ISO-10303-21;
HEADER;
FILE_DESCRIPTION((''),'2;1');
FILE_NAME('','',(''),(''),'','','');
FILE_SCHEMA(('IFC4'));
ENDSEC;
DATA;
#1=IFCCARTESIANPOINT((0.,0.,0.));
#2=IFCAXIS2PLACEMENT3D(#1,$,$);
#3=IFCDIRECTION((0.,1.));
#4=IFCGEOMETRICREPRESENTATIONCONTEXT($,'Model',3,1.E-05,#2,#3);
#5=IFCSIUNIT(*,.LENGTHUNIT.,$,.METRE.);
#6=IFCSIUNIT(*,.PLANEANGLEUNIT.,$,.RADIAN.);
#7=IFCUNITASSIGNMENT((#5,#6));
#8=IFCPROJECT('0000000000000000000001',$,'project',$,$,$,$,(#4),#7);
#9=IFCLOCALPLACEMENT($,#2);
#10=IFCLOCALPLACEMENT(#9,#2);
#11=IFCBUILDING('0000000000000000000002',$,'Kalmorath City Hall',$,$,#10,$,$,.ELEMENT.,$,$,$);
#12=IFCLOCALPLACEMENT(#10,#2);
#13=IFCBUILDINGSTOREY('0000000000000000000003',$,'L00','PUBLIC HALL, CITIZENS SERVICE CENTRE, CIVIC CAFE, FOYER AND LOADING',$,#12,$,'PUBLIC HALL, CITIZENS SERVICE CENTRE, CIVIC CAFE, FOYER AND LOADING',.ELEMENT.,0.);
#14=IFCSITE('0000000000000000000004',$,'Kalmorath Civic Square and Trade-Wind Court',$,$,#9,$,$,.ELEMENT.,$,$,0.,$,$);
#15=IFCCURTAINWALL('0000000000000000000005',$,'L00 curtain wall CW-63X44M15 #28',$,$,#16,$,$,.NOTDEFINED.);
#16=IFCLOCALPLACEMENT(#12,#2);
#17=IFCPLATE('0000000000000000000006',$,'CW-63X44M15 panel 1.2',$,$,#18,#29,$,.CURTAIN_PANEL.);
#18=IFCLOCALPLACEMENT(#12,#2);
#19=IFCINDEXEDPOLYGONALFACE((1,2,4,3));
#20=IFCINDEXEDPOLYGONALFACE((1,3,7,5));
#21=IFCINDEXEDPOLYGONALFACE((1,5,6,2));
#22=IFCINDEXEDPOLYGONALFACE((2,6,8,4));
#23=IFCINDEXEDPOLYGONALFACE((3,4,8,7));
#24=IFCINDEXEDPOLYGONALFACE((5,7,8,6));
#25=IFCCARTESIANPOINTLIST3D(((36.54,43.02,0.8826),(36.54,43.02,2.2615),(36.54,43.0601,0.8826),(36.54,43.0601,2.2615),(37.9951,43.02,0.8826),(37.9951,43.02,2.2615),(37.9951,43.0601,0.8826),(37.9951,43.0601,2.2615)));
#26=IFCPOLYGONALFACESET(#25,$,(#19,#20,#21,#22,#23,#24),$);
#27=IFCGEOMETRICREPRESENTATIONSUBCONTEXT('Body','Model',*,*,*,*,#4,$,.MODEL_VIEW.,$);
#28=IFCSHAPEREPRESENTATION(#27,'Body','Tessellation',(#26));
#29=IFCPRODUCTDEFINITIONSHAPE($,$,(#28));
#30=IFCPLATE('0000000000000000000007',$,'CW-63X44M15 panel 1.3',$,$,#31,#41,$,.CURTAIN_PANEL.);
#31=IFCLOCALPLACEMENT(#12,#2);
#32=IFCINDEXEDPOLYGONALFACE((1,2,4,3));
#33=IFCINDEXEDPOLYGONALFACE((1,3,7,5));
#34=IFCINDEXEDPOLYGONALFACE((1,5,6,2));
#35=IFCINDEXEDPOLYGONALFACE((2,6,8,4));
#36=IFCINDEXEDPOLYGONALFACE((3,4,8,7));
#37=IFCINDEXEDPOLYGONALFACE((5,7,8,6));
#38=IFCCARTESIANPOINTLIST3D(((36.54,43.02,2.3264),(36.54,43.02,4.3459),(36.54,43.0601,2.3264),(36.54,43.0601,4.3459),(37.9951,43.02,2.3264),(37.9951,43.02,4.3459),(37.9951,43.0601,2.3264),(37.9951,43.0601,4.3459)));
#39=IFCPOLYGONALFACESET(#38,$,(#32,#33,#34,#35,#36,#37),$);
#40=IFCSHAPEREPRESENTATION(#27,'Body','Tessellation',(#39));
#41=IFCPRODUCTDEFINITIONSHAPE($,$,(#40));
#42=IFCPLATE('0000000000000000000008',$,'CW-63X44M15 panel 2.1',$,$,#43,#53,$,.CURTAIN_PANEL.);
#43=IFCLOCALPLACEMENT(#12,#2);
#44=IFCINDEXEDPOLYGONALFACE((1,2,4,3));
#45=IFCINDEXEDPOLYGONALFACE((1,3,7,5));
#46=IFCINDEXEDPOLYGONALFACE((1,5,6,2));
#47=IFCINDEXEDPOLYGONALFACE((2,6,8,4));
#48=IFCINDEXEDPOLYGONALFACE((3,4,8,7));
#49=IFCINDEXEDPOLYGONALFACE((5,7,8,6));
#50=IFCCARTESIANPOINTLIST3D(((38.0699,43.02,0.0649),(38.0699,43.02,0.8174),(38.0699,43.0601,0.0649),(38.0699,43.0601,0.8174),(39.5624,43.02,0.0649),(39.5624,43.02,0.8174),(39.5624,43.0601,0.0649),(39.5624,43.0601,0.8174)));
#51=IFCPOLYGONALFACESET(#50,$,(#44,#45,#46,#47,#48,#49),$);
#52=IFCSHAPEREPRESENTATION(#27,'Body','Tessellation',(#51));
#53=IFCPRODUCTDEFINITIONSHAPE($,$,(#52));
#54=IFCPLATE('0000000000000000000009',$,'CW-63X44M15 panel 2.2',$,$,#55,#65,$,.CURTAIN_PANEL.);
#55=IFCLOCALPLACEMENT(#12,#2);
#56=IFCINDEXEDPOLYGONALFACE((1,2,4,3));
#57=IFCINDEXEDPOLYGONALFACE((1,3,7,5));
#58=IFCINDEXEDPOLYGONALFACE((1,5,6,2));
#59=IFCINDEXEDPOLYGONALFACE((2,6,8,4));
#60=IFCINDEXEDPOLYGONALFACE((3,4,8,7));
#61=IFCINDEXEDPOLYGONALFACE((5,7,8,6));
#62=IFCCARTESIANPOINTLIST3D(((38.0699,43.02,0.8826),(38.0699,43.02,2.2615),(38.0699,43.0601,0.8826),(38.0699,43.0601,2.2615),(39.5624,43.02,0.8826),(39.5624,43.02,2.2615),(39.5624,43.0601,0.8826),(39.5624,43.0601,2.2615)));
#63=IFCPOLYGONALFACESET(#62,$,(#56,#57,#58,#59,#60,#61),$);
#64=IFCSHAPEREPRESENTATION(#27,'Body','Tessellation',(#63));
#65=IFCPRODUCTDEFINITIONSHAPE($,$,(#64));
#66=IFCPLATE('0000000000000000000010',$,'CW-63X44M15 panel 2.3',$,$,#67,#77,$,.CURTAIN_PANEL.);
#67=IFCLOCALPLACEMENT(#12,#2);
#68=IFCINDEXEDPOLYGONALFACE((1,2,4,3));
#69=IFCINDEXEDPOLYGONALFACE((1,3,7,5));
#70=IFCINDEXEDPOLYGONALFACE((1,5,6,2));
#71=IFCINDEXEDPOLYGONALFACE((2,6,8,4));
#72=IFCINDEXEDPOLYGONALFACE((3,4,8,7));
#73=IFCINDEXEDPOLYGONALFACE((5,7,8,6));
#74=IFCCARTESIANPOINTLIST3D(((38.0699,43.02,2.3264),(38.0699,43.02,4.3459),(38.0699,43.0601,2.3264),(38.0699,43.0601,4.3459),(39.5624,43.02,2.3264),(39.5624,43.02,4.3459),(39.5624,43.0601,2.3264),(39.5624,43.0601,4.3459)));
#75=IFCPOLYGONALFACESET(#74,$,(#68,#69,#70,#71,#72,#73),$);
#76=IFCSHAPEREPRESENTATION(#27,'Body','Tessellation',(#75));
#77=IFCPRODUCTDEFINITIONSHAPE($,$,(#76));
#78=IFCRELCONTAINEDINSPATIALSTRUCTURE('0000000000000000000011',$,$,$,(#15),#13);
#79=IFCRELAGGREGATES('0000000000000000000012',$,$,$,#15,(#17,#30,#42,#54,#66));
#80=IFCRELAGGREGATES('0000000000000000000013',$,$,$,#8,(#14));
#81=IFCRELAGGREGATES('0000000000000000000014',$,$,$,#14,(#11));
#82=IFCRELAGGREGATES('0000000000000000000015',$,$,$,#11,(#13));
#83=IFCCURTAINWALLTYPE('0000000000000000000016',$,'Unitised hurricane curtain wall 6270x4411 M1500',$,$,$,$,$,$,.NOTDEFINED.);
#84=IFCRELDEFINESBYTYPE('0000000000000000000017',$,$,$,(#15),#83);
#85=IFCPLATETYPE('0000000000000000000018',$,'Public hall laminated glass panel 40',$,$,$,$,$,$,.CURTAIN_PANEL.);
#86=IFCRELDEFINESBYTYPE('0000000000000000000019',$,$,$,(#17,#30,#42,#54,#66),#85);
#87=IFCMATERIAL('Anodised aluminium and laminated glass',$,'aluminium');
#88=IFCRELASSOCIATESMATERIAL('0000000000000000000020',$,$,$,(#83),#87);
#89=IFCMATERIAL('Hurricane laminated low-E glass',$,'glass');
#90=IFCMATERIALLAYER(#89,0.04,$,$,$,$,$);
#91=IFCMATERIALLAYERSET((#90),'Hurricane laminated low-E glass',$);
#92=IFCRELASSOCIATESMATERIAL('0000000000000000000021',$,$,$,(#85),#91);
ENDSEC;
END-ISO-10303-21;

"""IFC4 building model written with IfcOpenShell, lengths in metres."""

from ifc_helpers import new_model, si_unit, direction, frame, origin, origin_2d, place, context, subcontext, project, spatial, rectangle, extrude, material, layer, layer_set, type_object, element, aggregate, save


model = new_model("IFC4")

# Units and contexts
model_context = context("Model", 3, precision=1e-05, world=origin(), true_north=direction((0.0, 1.0)))
body_context = subcontext(model_context, "Body", "Model", "MODEL_VIEW")
ifc_project = project(units=[si_unit("LENGTHUNIT", "METRE"), si_unit("PLANEANGLEUNIT", "RADIAN")], contexts=[model_context])

# Site, building, storey
site_placement = place(None, origin())
site = spatial("IfcSite", under=ifc_project, at=site_placement, Name="Kalmorath Civic Square and Trade-Wind Court", CompositionType="ELEMENT", RefElevation=0.0)
building_placement = place(site_placement, origin())
building = spatial("IfcBuilding", under=site, at=building_placement, Name="Kalmorath City Hall", CompositionType="ELEMENT")
storey_placement = place(building_placement, origin())
storey = spatial("IfcBuildingStorey", under=building, at=storey_placement, Name="L00", Description="PUBLIC HALL, CITIZENS SERVICE CENTRE, CIVIC CAFE, FOYER AND LOADING", LongName="PUBLIC HALL, CITIZENS SERVICE CENTRE, CIVIC CAFE, FOYER AND LOADING", CompositionType="ELEMENT", Elevation=0.0)

# Curtain wall
ifc_material_1 = material(Name="Anodised aluminium and laminated glass", Category="aluminium")
curtain_wall_type_1 = type_object("IfcCurtainWallType", Name="Unitised hurricane curtain wall 6270x4411 M1500", PredefinedType="NOTDEFINED", material=ifc_material_1)
curtain_wall_1_placement = place(storey_placement, origin())
curtain_wall_1 = element("IfcCurtainWall", 1, at=curtain_wall_1_placement, inside=storey, type_object=curtain_wall_type_1, Name="L00 curtain wall CW-63X44M15 #28", PredefinedType="NOTDEFINED")

# Plates
ifc_material_2 = material(Name="Hurricane laminated low-E glass", Category="glass")
ifc_layer = layer(ifc_material_2, 0.04)
ifc_layer_set = layer_set([ifc_layer], Name="Hurricane laminated low-E glass")
plate_type = type_object("IfcPlateType", Name="Public hall laminated glass panel 40", PredefinedType="CURTAIN_PANEL", material=ifc_layer_set)
plate_1_placement = place(storey_placement, frame((37.2676, 43.04, 0.8826), z_axis=(0.0, 0.0, 1.0), x_axis=(1.0, 0.0, 0.0)))
plate_1 = element("IfcPlate", 2, at=plate_1_placement, type_object=plate_type, Name="CW-63X44M15 panel 1.2", PredefinedType="CURTAIN_PANEL", context=body_context, shape_type="SweptSolid", body=[
    extrude(rectangle(XDim=1.4551, YDim=0.04, at=origin_2d()), origin(), (0.0, 0.0, 1.0), 1.3789),
])
plate_2_placement = place(storey_placement, frame((37.2676, 43.04, 2.3264), z_axis=(0.0, 0.0, 1.0), x_axis=(1.0, 0.0, 0.0)))
plate_2 = element("IfcPlate", 3, at=plate_2_placement, type_object=plate_type, Name="CW-63X44M15 panel 1.3", PredefinedType="CURTAIN_PANEL", context=body_context, shape_type="SweptSolid", body=[
    extrude(rectangle(XDim=1.4551, YDim=0.04, at=origin_2d()), origin(), (0.0, 0.0, 1.0), 2.0195),
])
plate_3_placement = place(storey_placement, frame((38.8162, 43.04, 0.0649), z_axis=(0.0, 0.0, 1.0), x_axis=(1.0, 0.0, 0.0)))
plate_3 = element("IfcPlate", 4, at=plate_3_placement, type_object=plate_type, Name="CW-63X44M15 panel 2.1", PredefinedType="CURTAIN_PANEL", context=body_context, shape_type="SweptSolid", body=[
    extrude(rectangle(XDim=1.4924, YDim=0.04, at=origin_2d()), origin(), (0.0, 0.0, 1.0), 0.7524),
])
plate_4_placement = place(storey_placement, frame((38.8162, 43.04, 0.8826), z_axis=(0.0, 0.0, 1.0), x_axis=(1.0, 0.0, 0.0)))
plate_4 = element("IfcPlate", 5, at=plate_4_placement, type_object=plate_type, Name="CW-63X44M15 panel 2.2", PredefinedType="CURTAIN_PANEL", context=body_context, shape_type="SweptSolid", body=[
    extrude(rectangle(XDim=1.4924, YDim=0.04, at=origin_2d()), origin(), (0.0, 0.0, 1.0), 1.3789),
])
plate_5_placement = place(storey_placement, frame((38.8162, 43.04, 2.3264), z_axis=(0.0, 0.0, 1.0), x_axis=(1.0, 0.0, 0.0)))
plate_5 = element("IfcPlate", 6, at=plate_5_placement, type_object=plate_type, Name="CW-63X44M15 panel 2.3", PredefinedType="CURTAIN_PANEL", context=body_context, shape_type="SweptSolid", body=[
    extrude(rectangle(XDim=1.4924, YDim=0.04, at=origin_2d()), origin(), (0.0, 0.0, 1.0), 2.0195),
])
aggregate(curtain_wall_1, [plate_1, plate_2, plate_3, plate_4, plate_5])

save(model, "model.ifc")
